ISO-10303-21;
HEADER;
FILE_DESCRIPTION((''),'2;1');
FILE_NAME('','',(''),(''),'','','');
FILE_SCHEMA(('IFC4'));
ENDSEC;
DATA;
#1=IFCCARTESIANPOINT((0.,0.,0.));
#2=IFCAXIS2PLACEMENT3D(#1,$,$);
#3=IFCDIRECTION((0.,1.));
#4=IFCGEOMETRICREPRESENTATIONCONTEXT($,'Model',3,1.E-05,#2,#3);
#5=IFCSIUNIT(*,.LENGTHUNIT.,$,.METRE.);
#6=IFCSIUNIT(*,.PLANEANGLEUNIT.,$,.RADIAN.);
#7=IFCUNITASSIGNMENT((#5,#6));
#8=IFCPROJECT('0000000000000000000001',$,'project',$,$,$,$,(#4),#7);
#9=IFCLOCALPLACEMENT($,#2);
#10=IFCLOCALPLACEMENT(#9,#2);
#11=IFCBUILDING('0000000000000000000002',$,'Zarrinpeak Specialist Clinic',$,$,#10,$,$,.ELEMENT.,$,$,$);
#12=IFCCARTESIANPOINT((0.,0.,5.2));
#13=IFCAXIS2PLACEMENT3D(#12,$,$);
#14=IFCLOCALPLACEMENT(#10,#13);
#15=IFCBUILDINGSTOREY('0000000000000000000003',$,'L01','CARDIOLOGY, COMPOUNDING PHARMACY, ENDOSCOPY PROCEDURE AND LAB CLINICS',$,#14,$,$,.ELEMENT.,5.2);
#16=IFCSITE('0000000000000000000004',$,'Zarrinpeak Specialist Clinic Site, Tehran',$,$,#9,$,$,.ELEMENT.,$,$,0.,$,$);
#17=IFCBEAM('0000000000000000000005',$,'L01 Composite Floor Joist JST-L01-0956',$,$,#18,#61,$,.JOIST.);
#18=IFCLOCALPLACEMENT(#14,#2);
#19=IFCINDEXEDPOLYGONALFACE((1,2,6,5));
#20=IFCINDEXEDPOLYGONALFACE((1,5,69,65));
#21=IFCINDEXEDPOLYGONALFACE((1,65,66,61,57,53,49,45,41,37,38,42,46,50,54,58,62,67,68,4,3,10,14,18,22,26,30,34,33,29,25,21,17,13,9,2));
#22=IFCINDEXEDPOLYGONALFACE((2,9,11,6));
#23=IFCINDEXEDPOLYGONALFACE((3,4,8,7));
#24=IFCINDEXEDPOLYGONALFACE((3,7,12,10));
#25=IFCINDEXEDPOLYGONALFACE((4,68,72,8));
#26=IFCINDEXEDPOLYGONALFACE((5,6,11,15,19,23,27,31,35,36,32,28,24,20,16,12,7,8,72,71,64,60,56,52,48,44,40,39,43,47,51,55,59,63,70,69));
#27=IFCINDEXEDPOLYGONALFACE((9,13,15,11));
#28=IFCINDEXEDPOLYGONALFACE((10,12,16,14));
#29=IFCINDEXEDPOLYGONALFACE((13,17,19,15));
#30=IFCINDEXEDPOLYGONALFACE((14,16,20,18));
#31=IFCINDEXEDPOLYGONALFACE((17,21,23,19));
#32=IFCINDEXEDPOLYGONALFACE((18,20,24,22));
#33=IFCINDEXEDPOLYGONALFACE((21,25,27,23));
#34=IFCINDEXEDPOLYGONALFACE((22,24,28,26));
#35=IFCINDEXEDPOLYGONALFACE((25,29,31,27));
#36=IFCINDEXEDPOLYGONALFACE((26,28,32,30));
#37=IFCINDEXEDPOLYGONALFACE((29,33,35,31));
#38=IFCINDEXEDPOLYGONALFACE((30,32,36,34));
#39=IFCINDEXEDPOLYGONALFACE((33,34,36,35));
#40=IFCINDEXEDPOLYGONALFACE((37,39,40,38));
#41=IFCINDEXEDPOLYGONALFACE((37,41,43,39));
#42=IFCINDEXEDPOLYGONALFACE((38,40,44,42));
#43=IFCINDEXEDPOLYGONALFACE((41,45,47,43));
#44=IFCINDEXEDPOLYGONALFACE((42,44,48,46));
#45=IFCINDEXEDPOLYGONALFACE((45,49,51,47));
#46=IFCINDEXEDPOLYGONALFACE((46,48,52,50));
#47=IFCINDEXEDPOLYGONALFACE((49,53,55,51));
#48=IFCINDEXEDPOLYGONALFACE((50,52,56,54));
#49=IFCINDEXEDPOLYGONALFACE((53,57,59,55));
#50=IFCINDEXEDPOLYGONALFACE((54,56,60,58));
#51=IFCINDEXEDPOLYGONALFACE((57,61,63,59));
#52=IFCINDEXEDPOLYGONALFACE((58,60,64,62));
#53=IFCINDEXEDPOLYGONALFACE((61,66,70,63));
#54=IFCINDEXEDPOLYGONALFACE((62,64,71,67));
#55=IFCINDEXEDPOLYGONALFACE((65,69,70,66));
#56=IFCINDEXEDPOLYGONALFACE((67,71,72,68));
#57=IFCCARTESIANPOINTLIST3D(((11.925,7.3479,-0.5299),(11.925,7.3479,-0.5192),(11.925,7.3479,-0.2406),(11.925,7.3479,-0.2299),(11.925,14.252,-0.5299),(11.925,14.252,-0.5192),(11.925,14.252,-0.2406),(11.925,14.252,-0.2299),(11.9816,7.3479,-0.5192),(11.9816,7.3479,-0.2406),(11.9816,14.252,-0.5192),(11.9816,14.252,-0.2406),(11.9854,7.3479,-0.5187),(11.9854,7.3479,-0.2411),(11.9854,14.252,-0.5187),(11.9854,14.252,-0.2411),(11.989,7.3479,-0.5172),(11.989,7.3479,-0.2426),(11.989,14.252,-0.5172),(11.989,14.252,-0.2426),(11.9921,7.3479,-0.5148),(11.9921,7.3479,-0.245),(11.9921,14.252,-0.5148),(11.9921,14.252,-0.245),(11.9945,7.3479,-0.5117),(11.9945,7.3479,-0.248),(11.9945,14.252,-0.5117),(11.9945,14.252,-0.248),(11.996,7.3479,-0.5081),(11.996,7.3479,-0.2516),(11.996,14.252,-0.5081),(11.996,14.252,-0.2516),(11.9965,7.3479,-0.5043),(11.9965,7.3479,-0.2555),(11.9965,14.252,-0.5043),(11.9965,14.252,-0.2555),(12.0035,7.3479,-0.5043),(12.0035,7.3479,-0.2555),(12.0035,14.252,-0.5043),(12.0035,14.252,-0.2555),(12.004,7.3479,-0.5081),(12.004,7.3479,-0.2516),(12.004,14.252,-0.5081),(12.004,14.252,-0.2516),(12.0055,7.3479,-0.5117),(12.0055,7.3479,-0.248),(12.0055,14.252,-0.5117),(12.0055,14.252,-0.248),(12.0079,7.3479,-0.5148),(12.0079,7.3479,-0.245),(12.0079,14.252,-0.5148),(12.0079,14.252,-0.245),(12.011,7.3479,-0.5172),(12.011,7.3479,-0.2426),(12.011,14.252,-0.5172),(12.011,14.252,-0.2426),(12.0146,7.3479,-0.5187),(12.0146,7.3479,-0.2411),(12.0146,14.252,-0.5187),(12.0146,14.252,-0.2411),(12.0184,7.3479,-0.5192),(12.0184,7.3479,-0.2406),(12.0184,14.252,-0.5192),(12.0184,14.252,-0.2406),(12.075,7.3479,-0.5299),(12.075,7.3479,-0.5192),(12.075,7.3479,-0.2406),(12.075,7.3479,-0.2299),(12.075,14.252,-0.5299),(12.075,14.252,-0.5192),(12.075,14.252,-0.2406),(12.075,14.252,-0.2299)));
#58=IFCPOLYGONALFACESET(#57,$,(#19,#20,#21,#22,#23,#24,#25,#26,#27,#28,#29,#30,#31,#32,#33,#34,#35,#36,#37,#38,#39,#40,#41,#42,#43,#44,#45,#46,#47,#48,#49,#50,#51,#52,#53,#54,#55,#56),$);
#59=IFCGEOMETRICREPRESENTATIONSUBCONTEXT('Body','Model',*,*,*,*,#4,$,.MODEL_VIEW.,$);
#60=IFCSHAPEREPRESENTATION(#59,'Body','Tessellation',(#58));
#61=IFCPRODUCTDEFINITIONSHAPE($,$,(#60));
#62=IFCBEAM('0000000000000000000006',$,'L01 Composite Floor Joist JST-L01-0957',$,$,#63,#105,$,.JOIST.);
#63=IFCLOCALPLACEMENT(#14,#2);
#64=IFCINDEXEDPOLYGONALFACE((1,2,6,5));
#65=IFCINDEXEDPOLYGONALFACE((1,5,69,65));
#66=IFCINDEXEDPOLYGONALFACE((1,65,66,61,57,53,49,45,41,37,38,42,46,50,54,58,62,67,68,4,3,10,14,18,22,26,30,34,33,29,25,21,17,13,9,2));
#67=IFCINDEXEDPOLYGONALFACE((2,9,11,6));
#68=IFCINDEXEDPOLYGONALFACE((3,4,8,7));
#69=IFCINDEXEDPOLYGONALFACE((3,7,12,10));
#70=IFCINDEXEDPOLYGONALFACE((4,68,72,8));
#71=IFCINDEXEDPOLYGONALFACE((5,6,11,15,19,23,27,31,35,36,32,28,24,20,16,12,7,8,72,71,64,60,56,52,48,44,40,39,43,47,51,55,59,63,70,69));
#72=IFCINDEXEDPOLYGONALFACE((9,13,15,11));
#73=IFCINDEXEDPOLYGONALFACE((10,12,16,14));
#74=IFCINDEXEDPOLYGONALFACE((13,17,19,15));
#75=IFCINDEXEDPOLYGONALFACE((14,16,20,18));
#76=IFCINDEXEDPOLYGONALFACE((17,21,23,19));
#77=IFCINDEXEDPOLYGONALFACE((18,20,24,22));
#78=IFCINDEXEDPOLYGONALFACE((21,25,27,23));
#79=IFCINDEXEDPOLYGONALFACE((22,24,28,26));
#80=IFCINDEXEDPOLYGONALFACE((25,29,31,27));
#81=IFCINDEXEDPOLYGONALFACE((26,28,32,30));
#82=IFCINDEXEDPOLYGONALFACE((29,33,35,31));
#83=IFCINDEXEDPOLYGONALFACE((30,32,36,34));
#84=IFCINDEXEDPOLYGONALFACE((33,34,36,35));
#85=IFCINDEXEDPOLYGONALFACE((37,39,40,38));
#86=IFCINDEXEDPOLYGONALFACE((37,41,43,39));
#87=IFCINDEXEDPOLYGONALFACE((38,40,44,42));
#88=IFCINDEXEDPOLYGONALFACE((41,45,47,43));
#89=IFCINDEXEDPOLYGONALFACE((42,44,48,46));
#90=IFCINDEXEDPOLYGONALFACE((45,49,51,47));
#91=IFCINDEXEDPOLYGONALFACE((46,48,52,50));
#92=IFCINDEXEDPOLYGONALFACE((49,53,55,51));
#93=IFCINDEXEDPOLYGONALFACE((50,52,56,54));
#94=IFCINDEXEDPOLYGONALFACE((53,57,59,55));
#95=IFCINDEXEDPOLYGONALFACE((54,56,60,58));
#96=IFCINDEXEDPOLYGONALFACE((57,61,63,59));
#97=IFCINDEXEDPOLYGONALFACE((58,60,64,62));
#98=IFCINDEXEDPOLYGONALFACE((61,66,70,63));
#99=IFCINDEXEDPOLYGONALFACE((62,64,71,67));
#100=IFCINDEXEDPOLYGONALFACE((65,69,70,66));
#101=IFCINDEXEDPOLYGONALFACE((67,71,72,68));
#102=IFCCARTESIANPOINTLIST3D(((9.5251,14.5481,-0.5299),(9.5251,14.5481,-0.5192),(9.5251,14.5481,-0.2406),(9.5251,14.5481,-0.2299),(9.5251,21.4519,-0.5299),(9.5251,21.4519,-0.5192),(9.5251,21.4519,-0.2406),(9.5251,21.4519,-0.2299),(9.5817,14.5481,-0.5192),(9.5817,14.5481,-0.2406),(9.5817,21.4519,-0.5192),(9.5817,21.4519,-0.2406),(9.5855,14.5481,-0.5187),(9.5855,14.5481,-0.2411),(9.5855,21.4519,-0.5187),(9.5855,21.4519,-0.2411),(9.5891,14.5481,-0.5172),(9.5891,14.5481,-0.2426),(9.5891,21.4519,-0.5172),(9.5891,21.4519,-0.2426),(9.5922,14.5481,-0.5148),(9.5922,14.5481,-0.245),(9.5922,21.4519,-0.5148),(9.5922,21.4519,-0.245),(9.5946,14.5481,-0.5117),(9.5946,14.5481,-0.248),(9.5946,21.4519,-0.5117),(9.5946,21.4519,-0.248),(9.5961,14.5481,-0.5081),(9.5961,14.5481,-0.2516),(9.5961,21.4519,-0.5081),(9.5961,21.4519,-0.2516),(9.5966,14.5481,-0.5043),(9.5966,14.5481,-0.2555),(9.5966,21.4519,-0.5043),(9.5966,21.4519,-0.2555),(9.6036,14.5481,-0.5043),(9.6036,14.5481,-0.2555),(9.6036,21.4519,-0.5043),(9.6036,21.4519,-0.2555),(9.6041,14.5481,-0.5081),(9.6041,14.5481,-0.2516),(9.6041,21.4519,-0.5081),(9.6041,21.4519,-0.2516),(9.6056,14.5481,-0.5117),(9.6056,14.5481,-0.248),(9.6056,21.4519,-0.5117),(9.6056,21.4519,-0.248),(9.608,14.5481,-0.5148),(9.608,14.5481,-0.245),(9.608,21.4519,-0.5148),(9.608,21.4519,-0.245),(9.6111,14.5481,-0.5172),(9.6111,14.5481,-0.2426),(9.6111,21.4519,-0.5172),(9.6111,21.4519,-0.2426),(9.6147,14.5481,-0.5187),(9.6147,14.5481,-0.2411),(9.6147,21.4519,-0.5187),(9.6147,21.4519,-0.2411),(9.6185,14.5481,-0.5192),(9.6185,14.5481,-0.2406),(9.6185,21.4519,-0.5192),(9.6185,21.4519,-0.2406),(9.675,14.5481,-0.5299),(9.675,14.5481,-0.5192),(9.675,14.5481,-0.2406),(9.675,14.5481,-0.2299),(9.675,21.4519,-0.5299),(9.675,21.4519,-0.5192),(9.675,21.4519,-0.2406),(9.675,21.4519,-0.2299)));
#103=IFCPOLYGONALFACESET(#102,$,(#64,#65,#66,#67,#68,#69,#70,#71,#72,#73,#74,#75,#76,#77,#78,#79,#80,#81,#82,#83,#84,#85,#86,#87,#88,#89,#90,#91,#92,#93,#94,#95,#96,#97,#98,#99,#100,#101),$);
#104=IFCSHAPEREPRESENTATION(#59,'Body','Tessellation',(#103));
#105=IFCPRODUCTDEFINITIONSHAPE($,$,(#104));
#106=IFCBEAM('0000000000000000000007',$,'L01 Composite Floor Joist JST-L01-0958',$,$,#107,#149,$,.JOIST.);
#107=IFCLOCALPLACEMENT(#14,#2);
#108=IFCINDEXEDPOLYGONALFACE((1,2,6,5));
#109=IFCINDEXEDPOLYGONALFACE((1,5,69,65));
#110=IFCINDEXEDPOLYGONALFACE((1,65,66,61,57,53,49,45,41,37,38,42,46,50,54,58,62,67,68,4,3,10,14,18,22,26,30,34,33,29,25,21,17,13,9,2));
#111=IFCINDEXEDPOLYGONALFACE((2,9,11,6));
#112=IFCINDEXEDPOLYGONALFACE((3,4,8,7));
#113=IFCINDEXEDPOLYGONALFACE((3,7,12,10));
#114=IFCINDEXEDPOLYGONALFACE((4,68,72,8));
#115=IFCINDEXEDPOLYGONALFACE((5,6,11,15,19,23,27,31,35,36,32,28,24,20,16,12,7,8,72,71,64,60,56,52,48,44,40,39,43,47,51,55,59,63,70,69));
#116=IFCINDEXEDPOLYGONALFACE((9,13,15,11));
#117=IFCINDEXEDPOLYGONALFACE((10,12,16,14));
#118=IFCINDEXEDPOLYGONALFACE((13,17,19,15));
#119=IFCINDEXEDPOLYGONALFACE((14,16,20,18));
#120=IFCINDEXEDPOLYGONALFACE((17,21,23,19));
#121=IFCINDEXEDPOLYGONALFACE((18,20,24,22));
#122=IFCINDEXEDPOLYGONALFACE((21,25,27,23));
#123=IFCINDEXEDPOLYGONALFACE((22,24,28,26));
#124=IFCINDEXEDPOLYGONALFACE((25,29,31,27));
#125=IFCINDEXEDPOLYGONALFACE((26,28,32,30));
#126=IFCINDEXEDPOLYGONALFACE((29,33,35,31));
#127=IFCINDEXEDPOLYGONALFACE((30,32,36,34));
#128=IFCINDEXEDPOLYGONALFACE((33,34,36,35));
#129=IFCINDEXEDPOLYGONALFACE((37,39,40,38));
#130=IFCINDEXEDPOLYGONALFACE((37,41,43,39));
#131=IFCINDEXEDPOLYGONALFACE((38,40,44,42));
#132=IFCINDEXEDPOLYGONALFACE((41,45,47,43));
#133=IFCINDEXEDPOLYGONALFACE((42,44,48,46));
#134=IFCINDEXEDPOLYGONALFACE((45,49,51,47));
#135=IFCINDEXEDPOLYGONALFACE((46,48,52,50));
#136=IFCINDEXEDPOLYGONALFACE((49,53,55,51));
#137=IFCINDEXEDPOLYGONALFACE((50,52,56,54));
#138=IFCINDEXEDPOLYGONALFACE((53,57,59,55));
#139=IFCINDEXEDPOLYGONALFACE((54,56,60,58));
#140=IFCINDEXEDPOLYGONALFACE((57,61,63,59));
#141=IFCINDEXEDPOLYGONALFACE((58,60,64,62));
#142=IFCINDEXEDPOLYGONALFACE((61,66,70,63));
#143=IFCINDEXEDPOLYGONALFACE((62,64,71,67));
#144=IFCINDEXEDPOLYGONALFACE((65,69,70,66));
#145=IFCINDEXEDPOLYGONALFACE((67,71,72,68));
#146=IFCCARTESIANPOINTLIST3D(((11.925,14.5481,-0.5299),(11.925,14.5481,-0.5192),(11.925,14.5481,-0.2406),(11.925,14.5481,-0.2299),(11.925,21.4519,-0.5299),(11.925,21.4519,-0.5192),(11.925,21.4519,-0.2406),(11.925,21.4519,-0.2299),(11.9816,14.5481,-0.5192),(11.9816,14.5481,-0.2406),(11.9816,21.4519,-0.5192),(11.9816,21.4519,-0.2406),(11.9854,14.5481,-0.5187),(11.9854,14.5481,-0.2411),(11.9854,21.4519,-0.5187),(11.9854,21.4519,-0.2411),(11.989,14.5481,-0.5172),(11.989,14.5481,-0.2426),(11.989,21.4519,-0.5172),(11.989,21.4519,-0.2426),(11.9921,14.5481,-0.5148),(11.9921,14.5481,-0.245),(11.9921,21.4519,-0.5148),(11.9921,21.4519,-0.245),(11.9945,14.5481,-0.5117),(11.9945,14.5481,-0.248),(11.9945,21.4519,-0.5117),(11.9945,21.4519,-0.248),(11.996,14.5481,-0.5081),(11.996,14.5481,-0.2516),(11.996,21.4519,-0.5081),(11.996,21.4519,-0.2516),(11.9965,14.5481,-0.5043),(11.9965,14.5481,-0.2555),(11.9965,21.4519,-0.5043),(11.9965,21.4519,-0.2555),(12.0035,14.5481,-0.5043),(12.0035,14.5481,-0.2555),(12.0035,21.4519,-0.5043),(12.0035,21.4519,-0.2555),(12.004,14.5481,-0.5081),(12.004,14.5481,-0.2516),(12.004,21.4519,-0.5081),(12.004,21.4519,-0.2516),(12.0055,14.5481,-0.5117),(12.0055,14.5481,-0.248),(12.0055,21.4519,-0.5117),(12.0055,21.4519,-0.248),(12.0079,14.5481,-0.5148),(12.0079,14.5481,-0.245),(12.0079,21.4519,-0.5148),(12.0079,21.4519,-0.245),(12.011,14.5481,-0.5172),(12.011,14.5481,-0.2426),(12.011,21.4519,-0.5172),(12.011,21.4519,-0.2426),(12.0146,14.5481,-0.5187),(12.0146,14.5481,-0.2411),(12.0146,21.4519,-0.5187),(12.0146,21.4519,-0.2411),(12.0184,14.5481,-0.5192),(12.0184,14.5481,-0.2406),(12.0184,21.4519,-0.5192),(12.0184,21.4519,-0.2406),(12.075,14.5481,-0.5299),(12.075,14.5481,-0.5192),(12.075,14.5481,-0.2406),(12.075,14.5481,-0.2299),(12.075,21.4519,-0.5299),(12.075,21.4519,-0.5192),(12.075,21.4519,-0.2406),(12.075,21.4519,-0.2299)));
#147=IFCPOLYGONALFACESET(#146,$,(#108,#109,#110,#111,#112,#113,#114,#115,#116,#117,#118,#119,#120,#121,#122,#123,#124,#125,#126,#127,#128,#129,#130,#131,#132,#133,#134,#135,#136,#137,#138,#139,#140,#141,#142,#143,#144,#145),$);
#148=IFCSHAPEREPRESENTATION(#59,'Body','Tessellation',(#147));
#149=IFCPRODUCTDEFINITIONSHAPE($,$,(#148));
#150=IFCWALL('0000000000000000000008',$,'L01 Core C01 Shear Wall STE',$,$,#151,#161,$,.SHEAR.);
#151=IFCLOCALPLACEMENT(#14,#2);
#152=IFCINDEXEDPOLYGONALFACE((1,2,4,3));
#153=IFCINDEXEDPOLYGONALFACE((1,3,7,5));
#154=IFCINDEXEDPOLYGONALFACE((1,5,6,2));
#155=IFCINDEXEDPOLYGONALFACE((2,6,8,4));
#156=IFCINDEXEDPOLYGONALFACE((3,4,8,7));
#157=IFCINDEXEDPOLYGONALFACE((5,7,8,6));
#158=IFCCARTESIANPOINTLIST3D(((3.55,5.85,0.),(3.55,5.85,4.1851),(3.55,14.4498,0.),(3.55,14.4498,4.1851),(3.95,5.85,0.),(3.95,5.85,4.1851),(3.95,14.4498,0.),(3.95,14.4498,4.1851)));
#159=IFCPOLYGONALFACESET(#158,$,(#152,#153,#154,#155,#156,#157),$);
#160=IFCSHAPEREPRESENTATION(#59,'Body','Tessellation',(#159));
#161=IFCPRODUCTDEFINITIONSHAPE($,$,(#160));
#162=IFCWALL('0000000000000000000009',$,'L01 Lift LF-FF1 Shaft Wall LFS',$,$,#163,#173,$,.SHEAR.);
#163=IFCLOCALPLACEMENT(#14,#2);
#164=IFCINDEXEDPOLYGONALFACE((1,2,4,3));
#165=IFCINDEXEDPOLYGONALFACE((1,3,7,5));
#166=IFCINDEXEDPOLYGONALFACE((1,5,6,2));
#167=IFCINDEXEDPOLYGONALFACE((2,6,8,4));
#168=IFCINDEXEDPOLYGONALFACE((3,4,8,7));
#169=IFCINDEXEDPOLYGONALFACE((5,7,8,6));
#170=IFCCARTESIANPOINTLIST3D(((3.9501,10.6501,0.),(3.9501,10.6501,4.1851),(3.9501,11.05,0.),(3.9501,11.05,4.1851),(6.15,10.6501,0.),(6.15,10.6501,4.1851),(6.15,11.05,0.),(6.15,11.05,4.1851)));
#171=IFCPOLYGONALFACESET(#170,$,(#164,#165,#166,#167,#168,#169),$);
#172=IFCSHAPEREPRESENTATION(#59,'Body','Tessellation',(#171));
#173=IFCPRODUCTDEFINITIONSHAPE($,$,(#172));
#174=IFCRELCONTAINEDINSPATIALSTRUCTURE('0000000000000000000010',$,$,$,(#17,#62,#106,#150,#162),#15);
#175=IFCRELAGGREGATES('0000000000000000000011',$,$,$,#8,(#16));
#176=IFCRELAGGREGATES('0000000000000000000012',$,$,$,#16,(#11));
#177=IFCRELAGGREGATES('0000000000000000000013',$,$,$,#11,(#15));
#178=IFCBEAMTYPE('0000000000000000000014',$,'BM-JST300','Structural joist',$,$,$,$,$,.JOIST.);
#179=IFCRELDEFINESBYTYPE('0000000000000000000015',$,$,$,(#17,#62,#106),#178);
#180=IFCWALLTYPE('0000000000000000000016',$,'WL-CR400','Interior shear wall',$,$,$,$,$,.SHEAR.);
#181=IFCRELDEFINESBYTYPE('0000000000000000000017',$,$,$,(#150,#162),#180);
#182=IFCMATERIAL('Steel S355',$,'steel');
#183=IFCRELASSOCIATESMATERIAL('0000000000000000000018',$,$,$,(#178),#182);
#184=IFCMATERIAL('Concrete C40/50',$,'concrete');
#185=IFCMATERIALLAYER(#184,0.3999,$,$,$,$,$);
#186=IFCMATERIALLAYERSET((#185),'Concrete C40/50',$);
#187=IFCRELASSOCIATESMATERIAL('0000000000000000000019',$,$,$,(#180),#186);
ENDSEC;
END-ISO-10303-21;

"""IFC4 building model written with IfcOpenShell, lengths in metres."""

from ifc_helpers import new_model, si_unit, direction, frame, frame_2d, origin, origin_2d, place, context, subcontext, project, spatial, rectangle, i_section, extrude, material, layer, layer_set, material_profile, profile_set, type_object, element, save


model = new_model("IFC4")

# Units and contexts
model_context = context("Model", 3, precision=1e-05, world=origin(), true_north=direction((0.0, 1.0)))
body_context = subcontext(model_context, "Body", "Model", "MODEL_VIEW")
ifc_project = project(units=[si_unit("LENGTHUNIT", "METRE"), si_unit("PLANEANGLEUNIT", "RADIAN")], contexts=[model_context])

# Site, building, storey
site_placement = place(None, origin())
site = spatial("IfcSite", under=ifc_project, at=site_placement, Name="Zarrinpeak Specialist Clinic Site, Tehran", CompositionType="ELEMENT", RefElevation=0.0)
building_placement = place(site_placement, origin())
building = spatial("IfcBuilding", under=site, at=building_placement, Name="Zarrinpeak Specialist Clinic", CompositionType="ELEMENT")
storey_placement = place(building_placement, frame((0.0, 0.0, 5.2)))
storey = spatial("IfcBuildingStorey", under=building, at=storey_placement, Name="L01", Description="CARDIOLOGY, COMPOUNDING PHARMACY, ENDOSCOPY PROCEDURE AND LAB CLINICS", CompositionType="ELEMENT", Elevation=5.2)

# Shared definitions
ifc_material_1 = material(Name="Steel S355", Category="steel")

# Beams
ifc_material_profile_1 = material_profile(ifc_material_1, i_section(OverallWidth=0.1499, OverallDepth=0.3, WebThickness=0.0071, FlangeThickness=0.0107, FilletRadius=0.0149, at=origin_2d()), Name="IPE 300")
ifc_profile_set_1 = profile_set([ifc_material_profile_1], Name="Steel S355")
beam_type_1 = type_object("IfcBeamType", Name="BM-JST300", Description="Structural joist", PredefinedType="JOIST", material=ifc_profile_set_1)
for number, where, z_axis, x_axis, name in (
    (1, (12.0, 7.3479, -0.3799), (0.0, 1.0, 0.0), (-1.0, 0.0, 0.0), "L01 Composite Floor Joist JST-L01-0956"),
):
    element("IfcBeam", number, at=place(storey_placement, frame(where, z_axis=z_axis, x_axis=x_axis)), inside=storey, type_object=beam_type_1, Name=name, PredefinedType="JOIST", context=body_context, shape_type="SweptSolid", body=[
        extrude(i_section(OverallWidth=0.1499, OverallDepth=0.3, WebThickness=0.0071, FlangeThickness=0.0107, FilletRadius=0.0149, at=origin_2d()), origin(), (0.0, 0.0, 1.0), 6.9041),
    ])
for number, where, z_axis, x_axis, name in (
    (2, (9.6001, 14.5481, -0.3799), (0.0, 1.0, 0.0), (-1.0, 0.0, 0.0), "L01 Composite Floor Joist JST-L01-0957"),
    (3, (12.0, 14.5481, -0.3799), (0.0, 1.0, 0.0), (-1.0, 0.0, 0.0), "L01 Composite Floor Joist JST-L01-0958"),
):
    element("IfcBeam", number, at=place(storey_placement, frame(where, z_axis=z_axis, x_axis=x_axis)), inside=storey, type_object=beam_type_1, Name=name, PredefinedType="JOIST", context=body_context, shape_type="SweptSolid", body=[
        extrude(i_section(OverallWidth=0.1499, OverallDepth=0.3, WebThickness=0.0071, FlangeThickness=0.0107, FilletRadius=0.0149, at=origin_2d()), origin(), (0.0, 0.0, 1.0), 6.9038),
    ])

# Walls
ifc_material_2 = material(Name="Concrete C40/50", Category="concrete")
ifc_layer_1 = layer(ifc_material_2, 0.3999)
ifc_layer_set_1 = layer_set([ifc_layer_1], Name="Concrete C40/50")
wall_type_1 = type_object("IfcWallType", Name="WL-CR400", Description="Interior shear wall", PredefinedType="SHEAR", material=ifc_layer_set_1)
wall_1_placement = place(storey_placement, frame((3.75, 5.8501, 0.0), z_axis=(0.0, 0.0, 1.0), x_axis=(0.0, 1.0, 0.0)))
element("IfcWall", 4, at=wall_1_placement, inside=storey, type_object=wall_type_1, Name="L01 Core C01 Shear Wall STE", PredefinedType="SHEAR", context=body_context, shape_type="SweptSolid", body=[
    extrude(rectangle(XDim=8.5999, YDim=0.3999, at=frame_2d((4.2998, 0.0))), origin(), (0.0, 0.0, 1.0), 4.1851),
])
wall_2_placement = place(storey_placement, frame((3.95, 10.8501, 0.0), z_axis=(0.0, 0.0, 1.0), x_axis=(1.0, 0.0, 0.0)))
element("IfcWall", 5, at=wall_2_placement, inside=storey, type_object=wall_type_1, Name="L01 Lift LF-FF1 Shaft Wall LFS", PredefinedType="SHEAR", context=body_context, shape_type="SweptSolid", body=[
    extrude(rectangle(XDim=2.2, YDim=0.3999, at=frame_2d((1.1001, 0.0))), origin(), (0.0, 0.0, 1.0), 4.1851),
])

save(model, "model.ifc")
